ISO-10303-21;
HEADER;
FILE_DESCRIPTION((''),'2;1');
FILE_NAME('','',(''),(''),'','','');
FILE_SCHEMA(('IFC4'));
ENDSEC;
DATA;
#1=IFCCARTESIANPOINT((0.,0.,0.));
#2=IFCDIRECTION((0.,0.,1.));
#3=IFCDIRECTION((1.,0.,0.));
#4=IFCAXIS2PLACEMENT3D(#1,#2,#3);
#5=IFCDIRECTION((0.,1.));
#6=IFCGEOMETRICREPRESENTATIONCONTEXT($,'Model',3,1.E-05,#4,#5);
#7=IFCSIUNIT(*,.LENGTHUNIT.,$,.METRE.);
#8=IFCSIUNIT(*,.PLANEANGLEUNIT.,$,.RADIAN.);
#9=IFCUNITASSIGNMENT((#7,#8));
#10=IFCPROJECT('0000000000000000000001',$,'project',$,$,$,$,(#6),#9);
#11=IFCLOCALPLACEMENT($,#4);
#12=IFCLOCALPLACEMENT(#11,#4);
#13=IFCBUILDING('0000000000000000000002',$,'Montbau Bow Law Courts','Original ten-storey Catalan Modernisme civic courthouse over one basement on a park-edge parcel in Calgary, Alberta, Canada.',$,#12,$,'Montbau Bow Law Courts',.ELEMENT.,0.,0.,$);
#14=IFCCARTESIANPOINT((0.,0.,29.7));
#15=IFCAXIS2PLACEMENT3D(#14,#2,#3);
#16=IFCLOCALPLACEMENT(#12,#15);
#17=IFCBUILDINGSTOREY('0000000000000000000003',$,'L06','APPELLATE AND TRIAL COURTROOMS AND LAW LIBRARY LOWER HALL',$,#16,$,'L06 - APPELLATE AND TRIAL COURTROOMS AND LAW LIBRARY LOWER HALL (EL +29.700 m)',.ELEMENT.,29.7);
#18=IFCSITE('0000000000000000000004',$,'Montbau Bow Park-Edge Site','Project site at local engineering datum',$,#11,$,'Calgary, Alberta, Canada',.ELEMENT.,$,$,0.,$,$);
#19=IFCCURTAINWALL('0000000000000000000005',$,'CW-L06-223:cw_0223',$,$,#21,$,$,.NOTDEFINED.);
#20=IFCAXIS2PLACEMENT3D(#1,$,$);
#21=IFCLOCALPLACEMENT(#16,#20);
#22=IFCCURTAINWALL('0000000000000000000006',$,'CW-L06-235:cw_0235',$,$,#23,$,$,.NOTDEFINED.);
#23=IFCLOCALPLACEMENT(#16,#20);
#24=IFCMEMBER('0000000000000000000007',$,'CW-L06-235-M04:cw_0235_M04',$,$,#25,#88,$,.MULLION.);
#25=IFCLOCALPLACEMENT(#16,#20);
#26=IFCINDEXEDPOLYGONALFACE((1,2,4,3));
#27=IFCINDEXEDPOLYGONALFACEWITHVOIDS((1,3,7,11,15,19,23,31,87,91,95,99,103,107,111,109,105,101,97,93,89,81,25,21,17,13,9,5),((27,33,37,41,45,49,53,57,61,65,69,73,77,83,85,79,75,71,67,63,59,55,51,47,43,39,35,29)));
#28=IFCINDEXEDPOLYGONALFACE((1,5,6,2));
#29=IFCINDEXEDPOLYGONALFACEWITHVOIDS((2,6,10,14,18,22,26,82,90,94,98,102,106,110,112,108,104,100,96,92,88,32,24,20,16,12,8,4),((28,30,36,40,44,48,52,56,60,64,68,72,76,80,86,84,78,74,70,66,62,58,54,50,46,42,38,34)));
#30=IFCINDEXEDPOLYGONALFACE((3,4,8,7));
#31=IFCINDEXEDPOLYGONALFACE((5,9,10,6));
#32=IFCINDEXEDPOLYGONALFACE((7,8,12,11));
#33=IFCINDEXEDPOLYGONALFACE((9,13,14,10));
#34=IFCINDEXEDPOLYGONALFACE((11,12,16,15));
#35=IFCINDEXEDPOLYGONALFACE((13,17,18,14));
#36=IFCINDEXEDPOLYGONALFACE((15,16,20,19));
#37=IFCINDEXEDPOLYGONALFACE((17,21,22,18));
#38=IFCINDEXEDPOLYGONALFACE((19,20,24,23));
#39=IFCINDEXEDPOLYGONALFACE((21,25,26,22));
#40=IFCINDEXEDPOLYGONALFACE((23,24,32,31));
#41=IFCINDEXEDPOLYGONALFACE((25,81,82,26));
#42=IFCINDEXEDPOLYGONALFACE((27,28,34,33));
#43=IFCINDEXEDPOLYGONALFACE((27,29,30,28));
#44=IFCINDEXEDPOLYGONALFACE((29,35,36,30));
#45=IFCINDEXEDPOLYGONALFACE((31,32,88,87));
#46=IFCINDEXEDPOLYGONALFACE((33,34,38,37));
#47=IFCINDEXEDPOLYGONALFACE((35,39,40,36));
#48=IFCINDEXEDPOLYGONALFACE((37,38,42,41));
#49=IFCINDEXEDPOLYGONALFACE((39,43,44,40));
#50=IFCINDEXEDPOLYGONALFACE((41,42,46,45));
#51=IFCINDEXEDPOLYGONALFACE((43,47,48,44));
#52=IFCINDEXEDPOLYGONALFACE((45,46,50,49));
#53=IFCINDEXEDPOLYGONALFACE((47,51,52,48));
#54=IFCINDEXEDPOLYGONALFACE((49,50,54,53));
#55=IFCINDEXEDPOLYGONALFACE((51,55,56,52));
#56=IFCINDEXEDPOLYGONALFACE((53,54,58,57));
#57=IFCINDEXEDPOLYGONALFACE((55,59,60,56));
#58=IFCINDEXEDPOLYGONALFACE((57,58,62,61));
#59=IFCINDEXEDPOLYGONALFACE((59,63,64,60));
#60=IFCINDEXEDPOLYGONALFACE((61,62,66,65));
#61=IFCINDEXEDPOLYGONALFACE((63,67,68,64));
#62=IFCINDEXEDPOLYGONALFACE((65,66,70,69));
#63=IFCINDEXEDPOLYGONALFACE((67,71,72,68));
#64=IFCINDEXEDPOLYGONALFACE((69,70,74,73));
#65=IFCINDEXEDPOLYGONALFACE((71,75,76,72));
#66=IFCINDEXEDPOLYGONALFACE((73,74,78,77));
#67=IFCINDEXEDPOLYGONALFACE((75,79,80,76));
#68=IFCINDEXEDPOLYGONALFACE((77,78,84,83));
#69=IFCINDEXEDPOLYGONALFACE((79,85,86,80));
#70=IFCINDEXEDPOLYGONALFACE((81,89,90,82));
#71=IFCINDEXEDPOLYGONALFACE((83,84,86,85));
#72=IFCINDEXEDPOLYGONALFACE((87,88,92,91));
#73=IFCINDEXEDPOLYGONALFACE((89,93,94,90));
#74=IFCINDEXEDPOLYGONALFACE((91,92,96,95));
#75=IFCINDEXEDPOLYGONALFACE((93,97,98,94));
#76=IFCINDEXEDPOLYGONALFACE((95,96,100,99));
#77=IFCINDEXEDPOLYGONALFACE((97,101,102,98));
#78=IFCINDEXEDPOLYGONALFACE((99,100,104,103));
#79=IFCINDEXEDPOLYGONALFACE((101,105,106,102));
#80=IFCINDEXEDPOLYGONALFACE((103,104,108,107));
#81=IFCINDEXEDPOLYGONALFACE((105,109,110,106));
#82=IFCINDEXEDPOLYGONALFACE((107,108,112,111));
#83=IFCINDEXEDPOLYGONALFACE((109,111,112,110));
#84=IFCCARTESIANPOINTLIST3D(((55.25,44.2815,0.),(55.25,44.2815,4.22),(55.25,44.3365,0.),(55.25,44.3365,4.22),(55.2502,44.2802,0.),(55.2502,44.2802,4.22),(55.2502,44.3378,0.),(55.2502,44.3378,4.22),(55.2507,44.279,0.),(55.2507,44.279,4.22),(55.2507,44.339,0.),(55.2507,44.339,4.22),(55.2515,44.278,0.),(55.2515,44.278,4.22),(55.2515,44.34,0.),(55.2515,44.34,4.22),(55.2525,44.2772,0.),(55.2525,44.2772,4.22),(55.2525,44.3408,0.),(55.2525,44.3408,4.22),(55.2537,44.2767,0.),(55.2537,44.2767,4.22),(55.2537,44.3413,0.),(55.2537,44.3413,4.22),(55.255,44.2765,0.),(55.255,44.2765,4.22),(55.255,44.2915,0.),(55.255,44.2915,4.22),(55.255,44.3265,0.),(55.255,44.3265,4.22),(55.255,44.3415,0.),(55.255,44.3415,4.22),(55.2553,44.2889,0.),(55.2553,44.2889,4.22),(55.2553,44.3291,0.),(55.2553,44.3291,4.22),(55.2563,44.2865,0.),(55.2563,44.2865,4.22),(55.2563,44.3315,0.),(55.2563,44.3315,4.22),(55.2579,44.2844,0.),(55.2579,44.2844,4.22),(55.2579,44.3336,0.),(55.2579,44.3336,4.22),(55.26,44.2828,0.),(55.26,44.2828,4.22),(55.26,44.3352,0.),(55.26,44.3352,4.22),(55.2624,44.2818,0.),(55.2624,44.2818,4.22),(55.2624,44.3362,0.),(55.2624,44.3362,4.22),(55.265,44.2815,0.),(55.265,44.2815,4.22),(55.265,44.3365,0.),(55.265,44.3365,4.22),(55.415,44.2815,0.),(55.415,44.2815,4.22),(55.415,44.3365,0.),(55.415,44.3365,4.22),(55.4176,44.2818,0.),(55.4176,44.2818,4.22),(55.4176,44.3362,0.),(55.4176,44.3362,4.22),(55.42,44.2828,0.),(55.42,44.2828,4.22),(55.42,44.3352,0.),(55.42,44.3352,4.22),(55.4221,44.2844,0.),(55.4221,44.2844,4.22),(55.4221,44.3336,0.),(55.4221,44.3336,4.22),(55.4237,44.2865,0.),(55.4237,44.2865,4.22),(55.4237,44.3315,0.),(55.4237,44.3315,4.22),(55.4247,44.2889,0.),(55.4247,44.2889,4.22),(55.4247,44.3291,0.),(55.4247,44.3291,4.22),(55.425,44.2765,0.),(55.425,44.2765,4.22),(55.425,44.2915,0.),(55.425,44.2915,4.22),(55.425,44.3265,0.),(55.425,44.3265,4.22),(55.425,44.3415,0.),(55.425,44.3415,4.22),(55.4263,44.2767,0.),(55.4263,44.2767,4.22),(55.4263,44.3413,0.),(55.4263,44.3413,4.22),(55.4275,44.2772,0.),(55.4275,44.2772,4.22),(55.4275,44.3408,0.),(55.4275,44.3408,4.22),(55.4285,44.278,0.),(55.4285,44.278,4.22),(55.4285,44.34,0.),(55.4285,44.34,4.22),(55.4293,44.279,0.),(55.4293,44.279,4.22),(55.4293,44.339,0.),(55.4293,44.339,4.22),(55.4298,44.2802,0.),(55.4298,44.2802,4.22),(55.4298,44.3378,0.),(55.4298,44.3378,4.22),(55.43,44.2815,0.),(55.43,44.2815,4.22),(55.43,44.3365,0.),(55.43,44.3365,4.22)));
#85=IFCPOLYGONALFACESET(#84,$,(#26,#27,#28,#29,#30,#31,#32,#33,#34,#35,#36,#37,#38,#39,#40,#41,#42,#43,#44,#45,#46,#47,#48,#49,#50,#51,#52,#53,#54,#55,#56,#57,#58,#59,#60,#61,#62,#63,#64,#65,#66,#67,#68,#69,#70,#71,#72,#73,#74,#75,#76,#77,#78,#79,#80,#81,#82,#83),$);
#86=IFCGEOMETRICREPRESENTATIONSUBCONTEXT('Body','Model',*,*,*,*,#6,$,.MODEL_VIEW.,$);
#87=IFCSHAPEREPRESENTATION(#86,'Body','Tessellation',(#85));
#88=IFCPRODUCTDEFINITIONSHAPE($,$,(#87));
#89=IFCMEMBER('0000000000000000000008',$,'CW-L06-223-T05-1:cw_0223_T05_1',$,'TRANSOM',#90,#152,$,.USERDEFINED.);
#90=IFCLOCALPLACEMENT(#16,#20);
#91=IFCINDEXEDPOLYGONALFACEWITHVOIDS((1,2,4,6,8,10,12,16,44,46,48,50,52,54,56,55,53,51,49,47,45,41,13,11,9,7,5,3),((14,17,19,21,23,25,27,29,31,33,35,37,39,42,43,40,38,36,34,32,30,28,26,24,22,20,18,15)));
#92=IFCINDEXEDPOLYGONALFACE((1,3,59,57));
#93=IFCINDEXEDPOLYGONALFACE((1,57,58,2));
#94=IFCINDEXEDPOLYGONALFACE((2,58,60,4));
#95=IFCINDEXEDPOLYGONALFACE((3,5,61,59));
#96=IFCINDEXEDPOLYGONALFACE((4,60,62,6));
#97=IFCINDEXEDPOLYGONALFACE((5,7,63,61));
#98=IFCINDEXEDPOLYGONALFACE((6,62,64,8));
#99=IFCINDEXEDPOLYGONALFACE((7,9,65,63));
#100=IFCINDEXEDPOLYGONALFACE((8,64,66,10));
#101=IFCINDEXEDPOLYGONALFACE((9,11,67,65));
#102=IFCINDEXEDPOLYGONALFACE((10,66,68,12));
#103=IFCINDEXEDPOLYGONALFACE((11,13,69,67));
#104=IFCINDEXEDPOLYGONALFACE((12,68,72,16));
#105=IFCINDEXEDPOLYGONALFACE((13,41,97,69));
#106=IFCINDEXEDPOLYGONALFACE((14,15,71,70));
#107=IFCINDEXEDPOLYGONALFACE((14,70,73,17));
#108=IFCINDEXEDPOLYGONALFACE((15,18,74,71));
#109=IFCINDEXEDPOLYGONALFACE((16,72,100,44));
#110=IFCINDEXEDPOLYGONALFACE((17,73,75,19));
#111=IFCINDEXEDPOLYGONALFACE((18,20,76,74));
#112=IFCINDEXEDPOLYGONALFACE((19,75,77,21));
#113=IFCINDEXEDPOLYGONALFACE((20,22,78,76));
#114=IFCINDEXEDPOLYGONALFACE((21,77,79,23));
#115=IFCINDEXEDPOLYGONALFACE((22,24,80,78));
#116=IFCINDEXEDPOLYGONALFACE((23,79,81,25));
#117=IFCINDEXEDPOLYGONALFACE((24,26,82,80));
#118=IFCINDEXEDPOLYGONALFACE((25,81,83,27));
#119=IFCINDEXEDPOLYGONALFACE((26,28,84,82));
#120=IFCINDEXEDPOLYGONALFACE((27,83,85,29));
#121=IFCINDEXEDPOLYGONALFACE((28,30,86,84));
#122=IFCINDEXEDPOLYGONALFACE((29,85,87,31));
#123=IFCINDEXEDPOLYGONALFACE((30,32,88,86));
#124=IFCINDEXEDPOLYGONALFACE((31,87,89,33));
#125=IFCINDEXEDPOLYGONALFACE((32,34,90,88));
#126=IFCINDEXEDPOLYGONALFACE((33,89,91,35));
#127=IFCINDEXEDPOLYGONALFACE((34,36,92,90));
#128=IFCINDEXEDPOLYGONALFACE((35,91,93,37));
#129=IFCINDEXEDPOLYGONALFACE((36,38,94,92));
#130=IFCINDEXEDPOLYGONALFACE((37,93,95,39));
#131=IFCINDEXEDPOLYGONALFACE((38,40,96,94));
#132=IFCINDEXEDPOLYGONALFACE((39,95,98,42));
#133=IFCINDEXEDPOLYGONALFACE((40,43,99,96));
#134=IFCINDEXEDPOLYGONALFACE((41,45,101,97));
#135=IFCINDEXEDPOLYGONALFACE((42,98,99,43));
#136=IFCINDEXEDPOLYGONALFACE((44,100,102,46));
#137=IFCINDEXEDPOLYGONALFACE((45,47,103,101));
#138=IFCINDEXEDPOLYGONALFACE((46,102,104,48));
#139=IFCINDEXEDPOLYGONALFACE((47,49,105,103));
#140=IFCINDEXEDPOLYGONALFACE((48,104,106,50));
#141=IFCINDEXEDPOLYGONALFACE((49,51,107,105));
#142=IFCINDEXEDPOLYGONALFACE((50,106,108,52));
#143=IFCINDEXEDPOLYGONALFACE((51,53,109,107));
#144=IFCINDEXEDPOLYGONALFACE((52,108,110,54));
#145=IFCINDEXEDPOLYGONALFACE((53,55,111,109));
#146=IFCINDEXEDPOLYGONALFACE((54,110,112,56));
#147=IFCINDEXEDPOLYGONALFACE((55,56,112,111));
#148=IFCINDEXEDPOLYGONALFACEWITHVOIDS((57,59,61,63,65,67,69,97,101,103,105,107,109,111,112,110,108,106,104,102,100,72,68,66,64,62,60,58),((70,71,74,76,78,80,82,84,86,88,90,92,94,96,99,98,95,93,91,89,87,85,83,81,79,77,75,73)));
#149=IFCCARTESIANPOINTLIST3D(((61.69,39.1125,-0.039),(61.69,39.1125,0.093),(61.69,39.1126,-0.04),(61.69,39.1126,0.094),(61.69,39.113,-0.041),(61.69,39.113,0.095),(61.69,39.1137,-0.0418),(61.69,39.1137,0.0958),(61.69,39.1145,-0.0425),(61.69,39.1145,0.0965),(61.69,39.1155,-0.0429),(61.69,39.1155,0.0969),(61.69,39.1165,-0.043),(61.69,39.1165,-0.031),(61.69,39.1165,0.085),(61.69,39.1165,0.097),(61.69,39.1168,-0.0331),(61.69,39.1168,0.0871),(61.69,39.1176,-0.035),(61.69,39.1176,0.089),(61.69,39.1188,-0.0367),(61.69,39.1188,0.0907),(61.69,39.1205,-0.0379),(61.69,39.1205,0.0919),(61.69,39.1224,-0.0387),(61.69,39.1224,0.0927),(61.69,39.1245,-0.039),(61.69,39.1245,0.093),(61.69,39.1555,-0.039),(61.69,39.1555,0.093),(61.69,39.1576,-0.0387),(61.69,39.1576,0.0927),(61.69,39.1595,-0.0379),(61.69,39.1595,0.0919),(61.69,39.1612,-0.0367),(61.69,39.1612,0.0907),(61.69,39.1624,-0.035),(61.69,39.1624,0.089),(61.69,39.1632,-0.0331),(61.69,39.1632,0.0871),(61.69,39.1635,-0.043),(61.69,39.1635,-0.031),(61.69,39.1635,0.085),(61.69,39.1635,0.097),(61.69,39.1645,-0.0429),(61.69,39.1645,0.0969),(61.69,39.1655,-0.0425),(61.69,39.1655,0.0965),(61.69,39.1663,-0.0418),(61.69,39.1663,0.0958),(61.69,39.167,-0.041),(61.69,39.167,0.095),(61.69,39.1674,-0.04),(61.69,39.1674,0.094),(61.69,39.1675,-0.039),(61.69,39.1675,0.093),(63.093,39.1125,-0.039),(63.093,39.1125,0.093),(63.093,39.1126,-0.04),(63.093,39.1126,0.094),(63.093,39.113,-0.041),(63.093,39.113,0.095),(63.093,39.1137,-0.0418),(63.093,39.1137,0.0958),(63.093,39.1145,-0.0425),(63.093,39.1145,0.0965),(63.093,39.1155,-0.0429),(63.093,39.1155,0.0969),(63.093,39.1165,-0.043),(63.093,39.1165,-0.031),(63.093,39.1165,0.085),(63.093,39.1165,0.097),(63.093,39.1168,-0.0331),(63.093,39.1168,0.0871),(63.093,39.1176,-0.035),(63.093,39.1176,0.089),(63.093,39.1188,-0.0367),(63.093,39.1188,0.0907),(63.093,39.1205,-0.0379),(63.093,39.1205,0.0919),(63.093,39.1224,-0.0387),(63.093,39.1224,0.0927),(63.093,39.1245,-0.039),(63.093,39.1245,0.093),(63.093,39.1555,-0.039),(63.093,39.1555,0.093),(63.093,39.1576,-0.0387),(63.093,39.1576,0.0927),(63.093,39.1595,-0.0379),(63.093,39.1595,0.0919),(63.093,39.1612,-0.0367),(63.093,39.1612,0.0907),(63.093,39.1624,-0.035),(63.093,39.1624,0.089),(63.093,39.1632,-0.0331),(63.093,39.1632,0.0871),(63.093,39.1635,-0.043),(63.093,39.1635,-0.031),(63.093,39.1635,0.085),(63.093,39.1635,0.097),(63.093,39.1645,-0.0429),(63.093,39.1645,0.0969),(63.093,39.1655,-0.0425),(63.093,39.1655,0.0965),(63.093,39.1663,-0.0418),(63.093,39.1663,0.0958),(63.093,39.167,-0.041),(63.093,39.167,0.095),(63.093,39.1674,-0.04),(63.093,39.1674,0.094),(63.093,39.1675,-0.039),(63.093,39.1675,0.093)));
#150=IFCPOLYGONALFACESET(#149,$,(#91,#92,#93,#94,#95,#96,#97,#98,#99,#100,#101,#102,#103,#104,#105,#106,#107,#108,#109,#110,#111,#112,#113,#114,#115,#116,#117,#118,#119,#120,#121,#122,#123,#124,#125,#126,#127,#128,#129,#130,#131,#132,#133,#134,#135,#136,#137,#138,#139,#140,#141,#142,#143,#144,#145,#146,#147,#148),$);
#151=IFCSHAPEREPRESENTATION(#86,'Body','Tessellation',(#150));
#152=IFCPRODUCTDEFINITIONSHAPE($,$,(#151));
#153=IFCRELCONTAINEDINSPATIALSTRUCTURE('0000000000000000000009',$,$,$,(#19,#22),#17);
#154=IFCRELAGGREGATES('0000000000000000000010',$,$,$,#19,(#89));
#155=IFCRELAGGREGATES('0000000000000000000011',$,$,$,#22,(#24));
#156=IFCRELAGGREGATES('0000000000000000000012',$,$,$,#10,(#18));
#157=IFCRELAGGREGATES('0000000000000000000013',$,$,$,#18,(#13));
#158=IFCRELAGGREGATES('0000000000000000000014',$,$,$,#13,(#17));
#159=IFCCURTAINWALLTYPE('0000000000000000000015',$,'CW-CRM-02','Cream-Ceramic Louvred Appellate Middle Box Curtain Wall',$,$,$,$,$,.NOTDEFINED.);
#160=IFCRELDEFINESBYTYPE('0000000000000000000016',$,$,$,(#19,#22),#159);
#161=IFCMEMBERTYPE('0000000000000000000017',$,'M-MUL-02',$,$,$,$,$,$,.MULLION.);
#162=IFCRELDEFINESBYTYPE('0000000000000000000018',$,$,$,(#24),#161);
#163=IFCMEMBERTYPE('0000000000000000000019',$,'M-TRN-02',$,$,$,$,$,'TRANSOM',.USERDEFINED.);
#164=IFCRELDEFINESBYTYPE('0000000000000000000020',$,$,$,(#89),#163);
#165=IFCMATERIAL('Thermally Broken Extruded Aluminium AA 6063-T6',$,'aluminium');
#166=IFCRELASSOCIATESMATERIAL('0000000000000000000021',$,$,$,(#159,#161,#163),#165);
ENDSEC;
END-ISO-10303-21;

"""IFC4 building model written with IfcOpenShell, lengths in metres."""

from ifc_helpers import new_model, si_unit, direction, frame, origin_with_axes, origin_2d_with_axis, place, context, subcontext, project, spatial, hollow_rectangle, extrude, material, material_profile, profile_set, type_object, element, aggregate, save


model = new_model("IFC4")

# Units and contexts
model_context = context("Model", 3, precision=1e-05, world=origin_with_axes(), true_north=direction((0.0, 1.0)))
body_context = subcontext(model_context, "Body", "Model", "MODEL_VIEW")
ifc_project = project(units=[si_unit("LENGTHUNIT", "METRE"), si_unit("PLANEANGLEUNIT", "RADIAN")], contexts=[model_context])

# Site, building, storey
site_placement = place(None, origin_with_axes())
site = spatial("IfcSite", under=ifc_project, at=site_placement, Name="Montbau Bow Park-Edge Site", Description="Project site at local engineering datum", LongName="Calgary, Alberta, Canada", CompositionType="ELEMENT", RefElevation=0.0)
building_placement = place(site_placement, origin_with_axes())
building = spatial("IfcBuilding", under=site, at=building_placement, Name="Montbau Bow Law Courts", Description="Original ten-storey Catalan Modernisme civic courthouse over one basement on a park-edge parcel in Calgary, Alberta, Canada.", LongName="Montbau Bow Law Courts", CompositionType="ELEMENT", ElevationOfRefHeight=0.0, ElevationOfTerrain=0.0)
storey_placement = place(building_placement, frame((0.0, 0.0, 29.7), z_axis=(0.0, 0.0, 1.0), x_axis=(1.0, 0.0, 0.0)))
storey = spatial("IfcBuildingStorey", under=building, at=storey_placement, Name="L06", Description="APPELLATE AND TRIAL COURTROOMS AND LAW LIBRARY LOWER HALL", LongName="L06 - APPELLATE AND TRIAL COURTROOMS AND LAW LIBRARY LOWER HALL (EL +29.700 m)", CompositionType="ELEMENT", Elevation=29.7)

# Curtain wall
ifc_material_1 = material(Name="Thermally Broken Extruded Aluminium AA 6063-T6", Category="aluminium")
curtain_wall_type = type_object("IfcCurtainWallType", Name="CW-CRM-02", Description="Cream-Ceramic Louvred Appellate Middle Box Curtain Wall", PredefinedType="NOTDEFINED", material=ifc_material_1)
curtain_wall_1_placement = place(None, frame((55.64, 39.14, 29.7), z_axis=(0.0, 0.0, 1.0), x_axis=(1.0, 0.0, 0.0)))
curtain_wall_1 = element("IfcCurtainWall", 1, at=curtain_wall_1_placement, inside=storey, type_object=curtain_wall_type, Name="CW-L06-223:cw_0223", PredefinedType="NOTDEFINED")
ifc_material_profile_1 = material_profile(ifc_material_1, hollow_rectangle(XDim=0.065, YDim=0.18, WallThickness=0.005, InnerFilletRadius=0.01, OuterFilletRadius=0.005, at=origin_2d_with_axis()), Name="CWM-180X65", Category="Main", Priority=0)
ifc_profile_set_1 = profile_set([ifc_material_profile_1], Name="Thermally Broken Extruded Aluminium AA 6063-T6")
member_type_1 = type_object("IfcMemberType", Name="M-MUL-02", PredefinedType="MULLION", material=ifc_profile_set_1)

# Curtain wall, member
curtain_wall_2_placement = place(None, frame((55.34, 39.44, 29.7), z_axis=(0.0, 0.0, 1.0), x_axis=(1.0, 0.0, 0.0)))
curtain_wall_2 = element("IfcCurtainWall", 2, at=curtain_wall_2_placement, inside=storey, type_object=curtain_wall_type, Name="CW-L06-235:cw_0235", PredefinedType="NOTDEFINED")
member_1_placement = place(None, frame((55.34, 44.309, 29.7), z_axis=(0.0, 0.0, 1.0), x_axis=(0.0, 1.0, 0.0)))
member_1 = element("IfcMember", 3, at=member_1_placement, type_object=member_type_1, Name="CW-L06-235-M04:cw_0235_M04", PredefinedType="MULLION", context=body_context, shape_type="SweptSolid", body=[
    extrude(hollow_rectangle(XDim=0.065, YDim=0.18, WallThickness=0.005, InnerFilletRadius=0.01, OuterFilletRadius=0.005, at=origin_2d_with_axis()), origin_with_axes(), (0.0, 0.0, 1.0), 4.22),
])

# Member
ifc_material_profile_2 = material_profile(ifc_material_1, hollow_rectangle(XDim=0.055, YDim=0.14, WallThickness=0.004, InnerFilletRadius=0.008, OuterFilletRadius=0.004, at=origin_2d_with_axis()), Name="CWT-140X55", Category="Main", Priority=0)
ifc_profile_set_2 = profile_set([ifc_material_profile_2], Name="Thermally Broken Extruded Aluminium AA 6063-T6")
member_type_2 = type_object("IfcMemberType", Name="M-TRN-02", ElementType="TRANSOM", PredefinedType="USERDEFINED", material=ifc_profile_set_2)
member_2_placement = place(None, frame((61.69, 39.14, 29.727), z_axis=(1.0, 0.0, 0.0), x_axis=(0.0, 1.0, 0.0)))
member_2 = element("IfcMember", 4, at=member_2_placement, type_object=member_type_2, Name="CW-L06-223-T05-1:cw_0223_T05_1", ObjectType="TRANSOM", PredefinedType="USERDEFINED", context=body_context, shape_type="SweptSolid", body=[
    extrude(hollow_rectangle(XDim=0.055, YDim=0.14, WallThickness=0.004, InnerFilletRadius=0.008, OuterFilletRadius=0.004, at=origin_2d_with_axis()), origin_with_axes(), (0.0, 0.0, 1.0), 1.403),
])

aggregate(curtain_wall_1, [member_2])
aggregate(curtain_wall_2, [member_1])

save(model, "model.ifc")
